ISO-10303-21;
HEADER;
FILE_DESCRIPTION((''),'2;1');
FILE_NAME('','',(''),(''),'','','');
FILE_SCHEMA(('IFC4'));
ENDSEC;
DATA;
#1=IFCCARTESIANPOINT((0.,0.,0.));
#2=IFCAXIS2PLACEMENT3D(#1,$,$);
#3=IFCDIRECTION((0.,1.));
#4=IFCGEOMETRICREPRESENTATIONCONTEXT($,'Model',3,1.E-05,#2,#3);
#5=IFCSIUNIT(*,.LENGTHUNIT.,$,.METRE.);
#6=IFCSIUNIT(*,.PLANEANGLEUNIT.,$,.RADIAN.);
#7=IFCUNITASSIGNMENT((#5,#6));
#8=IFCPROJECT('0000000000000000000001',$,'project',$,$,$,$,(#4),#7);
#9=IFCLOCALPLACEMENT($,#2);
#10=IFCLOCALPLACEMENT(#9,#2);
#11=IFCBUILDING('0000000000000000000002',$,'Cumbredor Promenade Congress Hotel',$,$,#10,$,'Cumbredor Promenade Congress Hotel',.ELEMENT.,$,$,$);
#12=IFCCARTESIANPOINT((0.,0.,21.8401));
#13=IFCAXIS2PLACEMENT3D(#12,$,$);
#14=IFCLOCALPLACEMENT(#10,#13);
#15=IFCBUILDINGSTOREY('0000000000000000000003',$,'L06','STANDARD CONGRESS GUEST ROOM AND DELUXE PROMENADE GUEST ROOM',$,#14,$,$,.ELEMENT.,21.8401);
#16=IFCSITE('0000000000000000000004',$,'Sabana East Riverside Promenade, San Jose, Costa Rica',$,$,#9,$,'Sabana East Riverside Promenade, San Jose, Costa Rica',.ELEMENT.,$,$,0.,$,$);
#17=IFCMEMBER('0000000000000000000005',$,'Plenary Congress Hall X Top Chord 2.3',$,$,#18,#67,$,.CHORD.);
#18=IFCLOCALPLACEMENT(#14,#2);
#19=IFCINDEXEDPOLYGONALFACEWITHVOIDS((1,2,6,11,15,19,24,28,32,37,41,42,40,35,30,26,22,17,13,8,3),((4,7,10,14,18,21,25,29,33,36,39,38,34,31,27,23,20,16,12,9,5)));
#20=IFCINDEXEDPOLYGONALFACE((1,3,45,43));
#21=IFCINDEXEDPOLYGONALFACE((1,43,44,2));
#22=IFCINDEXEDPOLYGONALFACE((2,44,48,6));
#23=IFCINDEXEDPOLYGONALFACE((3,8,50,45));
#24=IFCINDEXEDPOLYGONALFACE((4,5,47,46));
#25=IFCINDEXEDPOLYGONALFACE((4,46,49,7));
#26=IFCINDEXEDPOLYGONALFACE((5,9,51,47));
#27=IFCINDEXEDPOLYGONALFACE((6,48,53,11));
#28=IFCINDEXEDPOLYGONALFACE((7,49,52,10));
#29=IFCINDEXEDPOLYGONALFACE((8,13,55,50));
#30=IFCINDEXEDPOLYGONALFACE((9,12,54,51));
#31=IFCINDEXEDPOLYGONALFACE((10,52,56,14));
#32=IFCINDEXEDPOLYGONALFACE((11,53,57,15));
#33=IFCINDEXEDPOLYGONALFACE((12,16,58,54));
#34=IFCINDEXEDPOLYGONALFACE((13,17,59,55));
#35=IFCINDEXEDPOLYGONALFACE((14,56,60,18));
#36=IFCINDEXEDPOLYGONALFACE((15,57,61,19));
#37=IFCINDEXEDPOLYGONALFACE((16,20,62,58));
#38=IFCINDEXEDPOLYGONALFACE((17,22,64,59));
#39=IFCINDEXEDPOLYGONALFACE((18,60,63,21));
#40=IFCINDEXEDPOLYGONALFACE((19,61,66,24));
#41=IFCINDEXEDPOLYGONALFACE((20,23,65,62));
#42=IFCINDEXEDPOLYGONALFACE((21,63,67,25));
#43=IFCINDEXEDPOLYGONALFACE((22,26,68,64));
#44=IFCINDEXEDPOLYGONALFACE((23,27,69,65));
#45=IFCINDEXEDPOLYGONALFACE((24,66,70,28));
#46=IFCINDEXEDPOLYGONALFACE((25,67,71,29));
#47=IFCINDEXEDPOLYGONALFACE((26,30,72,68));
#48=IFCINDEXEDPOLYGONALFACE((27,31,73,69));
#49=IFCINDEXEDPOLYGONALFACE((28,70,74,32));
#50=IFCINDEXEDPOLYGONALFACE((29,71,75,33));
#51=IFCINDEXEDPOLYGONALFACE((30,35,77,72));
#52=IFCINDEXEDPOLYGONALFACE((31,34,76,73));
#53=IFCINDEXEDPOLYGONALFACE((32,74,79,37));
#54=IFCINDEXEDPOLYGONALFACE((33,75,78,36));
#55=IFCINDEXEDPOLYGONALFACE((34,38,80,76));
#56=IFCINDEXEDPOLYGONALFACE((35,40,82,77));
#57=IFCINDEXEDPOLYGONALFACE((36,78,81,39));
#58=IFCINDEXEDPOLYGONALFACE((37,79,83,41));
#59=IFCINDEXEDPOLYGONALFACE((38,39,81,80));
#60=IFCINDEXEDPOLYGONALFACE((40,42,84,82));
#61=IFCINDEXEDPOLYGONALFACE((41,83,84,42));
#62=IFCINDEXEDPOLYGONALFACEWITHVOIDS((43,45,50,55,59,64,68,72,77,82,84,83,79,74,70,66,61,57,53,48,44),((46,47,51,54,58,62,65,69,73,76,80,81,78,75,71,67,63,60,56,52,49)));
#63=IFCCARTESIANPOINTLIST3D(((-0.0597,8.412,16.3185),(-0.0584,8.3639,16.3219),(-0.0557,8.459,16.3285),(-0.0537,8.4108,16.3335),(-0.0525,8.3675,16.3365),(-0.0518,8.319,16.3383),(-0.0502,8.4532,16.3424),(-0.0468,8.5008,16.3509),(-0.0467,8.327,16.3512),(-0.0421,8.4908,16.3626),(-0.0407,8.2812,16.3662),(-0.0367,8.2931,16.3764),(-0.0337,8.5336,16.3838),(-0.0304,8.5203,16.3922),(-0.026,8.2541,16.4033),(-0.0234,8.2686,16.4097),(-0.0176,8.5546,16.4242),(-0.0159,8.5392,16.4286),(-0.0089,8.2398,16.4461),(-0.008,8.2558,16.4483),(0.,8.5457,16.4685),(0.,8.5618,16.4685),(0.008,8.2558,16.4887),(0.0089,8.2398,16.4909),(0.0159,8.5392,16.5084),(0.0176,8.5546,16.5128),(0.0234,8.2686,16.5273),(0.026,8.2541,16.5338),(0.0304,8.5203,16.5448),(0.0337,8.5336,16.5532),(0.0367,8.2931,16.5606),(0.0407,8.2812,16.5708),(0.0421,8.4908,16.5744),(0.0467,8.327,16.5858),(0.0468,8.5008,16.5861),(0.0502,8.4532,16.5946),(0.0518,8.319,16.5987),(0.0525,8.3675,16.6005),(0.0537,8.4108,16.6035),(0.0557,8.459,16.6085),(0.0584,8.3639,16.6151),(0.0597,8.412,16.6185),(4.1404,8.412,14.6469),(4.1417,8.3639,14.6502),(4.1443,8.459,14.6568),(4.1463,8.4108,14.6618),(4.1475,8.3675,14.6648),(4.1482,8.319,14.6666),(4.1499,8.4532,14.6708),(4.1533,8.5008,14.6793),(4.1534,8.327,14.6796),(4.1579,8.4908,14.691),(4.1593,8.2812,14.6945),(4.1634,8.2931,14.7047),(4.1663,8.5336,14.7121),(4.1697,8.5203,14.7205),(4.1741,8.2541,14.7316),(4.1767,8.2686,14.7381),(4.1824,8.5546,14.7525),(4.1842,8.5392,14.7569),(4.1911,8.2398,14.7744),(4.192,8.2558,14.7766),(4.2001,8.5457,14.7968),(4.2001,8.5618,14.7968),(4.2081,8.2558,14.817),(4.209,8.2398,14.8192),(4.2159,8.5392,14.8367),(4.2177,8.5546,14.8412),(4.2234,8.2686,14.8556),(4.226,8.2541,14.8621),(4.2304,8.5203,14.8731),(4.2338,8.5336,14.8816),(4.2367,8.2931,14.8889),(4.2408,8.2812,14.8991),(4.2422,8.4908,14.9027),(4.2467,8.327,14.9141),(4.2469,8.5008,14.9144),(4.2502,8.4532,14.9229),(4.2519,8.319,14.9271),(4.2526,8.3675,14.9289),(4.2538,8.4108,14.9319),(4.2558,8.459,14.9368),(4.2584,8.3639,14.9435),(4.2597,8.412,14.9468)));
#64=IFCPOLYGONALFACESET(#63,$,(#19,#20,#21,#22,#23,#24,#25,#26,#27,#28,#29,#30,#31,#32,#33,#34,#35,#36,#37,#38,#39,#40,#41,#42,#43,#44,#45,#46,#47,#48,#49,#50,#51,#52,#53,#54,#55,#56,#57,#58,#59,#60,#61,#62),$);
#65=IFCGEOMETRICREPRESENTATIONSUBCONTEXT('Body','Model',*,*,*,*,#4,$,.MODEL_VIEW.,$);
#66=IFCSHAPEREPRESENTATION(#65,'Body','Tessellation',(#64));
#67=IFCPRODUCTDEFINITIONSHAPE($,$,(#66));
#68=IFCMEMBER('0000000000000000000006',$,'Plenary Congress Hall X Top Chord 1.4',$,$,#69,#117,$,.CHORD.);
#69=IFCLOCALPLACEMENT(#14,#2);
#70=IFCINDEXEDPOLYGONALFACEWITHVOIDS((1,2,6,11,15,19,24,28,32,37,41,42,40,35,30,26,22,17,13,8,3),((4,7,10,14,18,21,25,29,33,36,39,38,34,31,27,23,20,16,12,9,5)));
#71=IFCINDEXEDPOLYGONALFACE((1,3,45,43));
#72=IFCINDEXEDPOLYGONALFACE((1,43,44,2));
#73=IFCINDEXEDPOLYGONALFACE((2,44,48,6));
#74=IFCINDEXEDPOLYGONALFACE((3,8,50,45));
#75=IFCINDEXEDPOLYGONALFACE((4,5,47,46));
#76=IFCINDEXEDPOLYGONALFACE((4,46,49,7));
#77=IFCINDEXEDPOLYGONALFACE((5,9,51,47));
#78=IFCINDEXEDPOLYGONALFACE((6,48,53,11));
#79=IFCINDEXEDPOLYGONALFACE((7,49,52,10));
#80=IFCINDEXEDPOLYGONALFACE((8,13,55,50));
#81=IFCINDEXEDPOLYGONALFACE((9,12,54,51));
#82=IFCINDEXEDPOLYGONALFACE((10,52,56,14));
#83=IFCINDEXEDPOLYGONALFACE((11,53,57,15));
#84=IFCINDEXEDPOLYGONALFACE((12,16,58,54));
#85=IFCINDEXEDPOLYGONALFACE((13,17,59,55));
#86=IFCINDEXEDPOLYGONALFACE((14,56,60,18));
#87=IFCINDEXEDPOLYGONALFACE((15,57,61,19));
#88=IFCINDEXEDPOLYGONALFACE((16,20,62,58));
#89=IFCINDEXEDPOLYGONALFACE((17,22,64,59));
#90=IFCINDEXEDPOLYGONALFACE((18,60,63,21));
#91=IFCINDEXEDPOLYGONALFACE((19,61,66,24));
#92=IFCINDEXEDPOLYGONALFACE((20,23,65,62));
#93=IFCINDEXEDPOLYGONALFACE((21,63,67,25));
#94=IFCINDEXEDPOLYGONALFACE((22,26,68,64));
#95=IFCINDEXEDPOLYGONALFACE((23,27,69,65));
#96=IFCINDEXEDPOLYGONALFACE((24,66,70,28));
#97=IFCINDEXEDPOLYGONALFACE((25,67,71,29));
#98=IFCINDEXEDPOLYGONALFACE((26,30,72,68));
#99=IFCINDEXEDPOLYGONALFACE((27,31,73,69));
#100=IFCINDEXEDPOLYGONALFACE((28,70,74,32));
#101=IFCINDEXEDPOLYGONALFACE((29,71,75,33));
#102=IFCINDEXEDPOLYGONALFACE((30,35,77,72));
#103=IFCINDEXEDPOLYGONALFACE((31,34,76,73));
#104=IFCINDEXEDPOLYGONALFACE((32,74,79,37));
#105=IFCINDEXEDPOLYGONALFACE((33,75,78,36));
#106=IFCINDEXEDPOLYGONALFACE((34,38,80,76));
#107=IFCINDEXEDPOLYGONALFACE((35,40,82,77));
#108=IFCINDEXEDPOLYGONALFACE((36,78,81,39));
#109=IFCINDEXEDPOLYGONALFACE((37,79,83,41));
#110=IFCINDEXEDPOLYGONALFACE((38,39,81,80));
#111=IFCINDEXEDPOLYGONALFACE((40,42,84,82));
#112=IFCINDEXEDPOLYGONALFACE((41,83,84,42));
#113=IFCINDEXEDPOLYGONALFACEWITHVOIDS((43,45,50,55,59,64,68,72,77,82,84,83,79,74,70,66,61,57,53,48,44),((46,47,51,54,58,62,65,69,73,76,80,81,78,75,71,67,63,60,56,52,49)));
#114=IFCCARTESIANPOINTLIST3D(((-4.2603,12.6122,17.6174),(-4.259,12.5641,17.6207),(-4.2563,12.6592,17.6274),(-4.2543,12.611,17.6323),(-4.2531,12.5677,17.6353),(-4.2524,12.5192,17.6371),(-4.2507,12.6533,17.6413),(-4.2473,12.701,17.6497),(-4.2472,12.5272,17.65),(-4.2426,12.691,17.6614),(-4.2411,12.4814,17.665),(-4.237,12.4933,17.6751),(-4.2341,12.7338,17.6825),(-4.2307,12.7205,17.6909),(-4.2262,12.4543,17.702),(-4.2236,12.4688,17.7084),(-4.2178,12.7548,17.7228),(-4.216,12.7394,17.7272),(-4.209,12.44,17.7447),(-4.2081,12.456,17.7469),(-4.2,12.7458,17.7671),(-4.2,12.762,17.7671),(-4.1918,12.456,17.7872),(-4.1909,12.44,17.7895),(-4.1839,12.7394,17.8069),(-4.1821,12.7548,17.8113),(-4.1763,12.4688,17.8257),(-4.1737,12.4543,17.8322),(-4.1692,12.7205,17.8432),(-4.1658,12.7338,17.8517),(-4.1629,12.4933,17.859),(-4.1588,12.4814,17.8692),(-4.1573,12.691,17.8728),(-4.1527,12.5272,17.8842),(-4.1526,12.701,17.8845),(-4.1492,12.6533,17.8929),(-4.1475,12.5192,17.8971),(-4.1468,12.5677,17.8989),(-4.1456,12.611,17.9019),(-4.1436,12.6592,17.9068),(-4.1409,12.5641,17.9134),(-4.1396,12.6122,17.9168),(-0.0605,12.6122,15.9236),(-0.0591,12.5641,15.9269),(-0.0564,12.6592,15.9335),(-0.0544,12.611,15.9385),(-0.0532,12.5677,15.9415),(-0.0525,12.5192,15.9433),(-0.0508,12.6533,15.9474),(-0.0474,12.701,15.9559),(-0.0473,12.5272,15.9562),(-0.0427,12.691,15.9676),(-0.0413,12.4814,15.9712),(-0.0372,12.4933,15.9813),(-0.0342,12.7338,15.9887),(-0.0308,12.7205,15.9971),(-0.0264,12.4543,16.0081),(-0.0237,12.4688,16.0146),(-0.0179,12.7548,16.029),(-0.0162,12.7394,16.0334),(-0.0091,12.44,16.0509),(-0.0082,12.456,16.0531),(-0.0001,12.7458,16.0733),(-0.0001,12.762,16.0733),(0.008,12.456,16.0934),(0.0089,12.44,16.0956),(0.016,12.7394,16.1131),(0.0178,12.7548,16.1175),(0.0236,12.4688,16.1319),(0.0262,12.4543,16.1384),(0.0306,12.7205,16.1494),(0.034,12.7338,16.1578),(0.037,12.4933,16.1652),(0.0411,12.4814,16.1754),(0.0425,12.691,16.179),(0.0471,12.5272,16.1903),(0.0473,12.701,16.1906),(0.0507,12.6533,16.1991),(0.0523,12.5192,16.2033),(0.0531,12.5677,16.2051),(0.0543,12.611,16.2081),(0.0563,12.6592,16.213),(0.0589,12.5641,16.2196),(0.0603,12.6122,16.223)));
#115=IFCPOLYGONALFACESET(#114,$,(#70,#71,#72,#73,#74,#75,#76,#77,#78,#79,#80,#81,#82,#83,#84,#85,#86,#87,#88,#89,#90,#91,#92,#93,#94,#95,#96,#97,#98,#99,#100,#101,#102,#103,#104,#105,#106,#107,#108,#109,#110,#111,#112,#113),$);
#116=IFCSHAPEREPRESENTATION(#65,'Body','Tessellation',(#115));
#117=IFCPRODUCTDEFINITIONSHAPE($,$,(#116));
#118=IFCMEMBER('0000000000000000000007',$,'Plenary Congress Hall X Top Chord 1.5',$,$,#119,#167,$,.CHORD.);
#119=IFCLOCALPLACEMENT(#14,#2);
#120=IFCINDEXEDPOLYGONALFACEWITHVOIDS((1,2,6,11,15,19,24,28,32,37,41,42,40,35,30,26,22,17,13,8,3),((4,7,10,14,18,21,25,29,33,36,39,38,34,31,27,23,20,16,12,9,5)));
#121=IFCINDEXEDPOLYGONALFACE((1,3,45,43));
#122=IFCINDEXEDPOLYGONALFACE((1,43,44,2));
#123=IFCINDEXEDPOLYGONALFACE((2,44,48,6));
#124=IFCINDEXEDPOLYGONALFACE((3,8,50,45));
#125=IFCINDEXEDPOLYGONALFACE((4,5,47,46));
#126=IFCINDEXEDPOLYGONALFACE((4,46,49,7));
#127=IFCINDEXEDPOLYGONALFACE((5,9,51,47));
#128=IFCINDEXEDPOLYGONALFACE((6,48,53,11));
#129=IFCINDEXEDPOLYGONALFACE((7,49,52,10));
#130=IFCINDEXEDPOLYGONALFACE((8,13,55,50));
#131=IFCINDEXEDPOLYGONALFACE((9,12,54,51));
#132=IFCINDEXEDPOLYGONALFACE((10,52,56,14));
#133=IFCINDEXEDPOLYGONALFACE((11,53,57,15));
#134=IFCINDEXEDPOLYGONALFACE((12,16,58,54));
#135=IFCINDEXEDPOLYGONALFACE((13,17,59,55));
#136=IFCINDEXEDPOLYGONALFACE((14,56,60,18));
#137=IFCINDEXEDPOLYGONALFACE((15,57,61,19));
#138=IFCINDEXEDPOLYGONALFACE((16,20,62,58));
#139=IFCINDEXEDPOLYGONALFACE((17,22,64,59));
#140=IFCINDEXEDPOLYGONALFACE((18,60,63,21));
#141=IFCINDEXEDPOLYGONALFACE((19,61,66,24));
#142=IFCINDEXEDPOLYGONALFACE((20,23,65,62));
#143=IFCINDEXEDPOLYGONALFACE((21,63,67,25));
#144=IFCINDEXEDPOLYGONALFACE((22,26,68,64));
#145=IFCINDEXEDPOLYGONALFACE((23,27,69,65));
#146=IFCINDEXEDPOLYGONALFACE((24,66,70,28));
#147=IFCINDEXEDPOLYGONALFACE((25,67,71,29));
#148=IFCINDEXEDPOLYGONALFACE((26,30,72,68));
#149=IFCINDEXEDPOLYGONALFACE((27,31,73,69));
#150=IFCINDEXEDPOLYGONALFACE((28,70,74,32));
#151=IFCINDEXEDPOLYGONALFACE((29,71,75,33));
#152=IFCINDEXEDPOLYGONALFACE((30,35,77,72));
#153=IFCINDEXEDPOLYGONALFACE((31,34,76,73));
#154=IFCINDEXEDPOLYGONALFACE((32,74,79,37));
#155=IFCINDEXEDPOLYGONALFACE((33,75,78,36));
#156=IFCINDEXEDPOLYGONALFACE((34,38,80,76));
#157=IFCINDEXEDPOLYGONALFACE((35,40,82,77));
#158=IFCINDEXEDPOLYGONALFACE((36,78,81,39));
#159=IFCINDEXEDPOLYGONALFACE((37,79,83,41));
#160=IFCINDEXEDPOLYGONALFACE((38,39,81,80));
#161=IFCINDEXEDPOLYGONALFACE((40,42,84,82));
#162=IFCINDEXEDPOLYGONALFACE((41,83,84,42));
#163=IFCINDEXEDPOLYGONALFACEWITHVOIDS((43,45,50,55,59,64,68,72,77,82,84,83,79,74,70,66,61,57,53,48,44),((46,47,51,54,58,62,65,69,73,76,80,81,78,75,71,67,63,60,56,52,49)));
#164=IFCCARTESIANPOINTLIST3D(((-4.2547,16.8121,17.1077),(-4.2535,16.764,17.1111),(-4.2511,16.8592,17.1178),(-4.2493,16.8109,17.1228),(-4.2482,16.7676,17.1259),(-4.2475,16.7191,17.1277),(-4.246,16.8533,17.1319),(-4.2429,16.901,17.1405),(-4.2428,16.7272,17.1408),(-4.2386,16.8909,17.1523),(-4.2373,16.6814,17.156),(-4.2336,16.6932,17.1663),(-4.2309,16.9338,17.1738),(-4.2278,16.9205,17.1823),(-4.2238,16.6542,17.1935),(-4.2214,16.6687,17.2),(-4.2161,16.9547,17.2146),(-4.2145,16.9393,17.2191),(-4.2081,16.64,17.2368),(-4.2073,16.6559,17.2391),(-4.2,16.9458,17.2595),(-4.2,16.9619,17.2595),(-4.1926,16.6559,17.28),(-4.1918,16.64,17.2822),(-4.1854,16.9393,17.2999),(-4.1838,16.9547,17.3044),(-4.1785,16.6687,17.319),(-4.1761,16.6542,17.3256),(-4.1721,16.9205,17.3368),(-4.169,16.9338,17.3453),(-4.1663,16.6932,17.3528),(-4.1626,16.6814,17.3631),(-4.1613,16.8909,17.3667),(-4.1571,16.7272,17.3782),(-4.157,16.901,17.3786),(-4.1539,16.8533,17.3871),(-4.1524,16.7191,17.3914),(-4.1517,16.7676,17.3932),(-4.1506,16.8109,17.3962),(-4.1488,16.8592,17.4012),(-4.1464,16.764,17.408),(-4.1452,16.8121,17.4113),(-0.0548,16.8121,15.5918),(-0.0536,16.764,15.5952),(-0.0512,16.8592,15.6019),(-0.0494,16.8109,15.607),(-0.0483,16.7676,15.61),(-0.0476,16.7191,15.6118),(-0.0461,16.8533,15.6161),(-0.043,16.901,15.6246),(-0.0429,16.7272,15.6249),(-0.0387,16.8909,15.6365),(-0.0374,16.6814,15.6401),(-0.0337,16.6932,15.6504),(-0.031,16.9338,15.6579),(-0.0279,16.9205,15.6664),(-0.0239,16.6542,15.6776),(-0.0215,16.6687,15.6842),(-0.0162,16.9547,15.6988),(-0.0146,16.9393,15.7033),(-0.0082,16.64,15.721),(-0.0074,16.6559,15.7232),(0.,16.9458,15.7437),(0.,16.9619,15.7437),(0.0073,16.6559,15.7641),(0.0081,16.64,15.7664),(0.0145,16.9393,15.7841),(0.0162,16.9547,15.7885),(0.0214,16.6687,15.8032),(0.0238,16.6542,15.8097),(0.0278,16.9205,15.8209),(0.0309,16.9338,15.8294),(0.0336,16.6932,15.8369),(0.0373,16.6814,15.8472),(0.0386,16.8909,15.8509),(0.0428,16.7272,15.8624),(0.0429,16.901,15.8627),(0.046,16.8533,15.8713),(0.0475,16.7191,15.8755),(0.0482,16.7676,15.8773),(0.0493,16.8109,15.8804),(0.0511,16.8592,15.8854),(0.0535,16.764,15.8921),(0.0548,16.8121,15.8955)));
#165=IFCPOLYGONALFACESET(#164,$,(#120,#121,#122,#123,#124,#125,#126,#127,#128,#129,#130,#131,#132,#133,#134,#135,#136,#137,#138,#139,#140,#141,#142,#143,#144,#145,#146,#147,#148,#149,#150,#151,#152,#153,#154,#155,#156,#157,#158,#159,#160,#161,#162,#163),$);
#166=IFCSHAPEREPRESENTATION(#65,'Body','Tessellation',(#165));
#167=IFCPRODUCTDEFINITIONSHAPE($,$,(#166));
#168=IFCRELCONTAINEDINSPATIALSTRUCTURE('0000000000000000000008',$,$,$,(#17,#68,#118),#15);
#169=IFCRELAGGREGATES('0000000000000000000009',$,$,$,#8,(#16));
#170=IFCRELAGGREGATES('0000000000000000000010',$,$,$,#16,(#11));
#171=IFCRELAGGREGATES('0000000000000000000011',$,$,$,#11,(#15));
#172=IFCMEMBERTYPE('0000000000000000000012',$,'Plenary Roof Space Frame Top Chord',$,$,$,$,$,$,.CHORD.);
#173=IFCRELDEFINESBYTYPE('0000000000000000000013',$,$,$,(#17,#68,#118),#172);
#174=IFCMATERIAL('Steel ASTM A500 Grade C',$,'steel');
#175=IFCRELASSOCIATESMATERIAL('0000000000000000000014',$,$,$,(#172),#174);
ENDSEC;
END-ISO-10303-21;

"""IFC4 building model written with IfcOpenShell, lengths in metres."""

from ifc_helpers import new_model, si_unit, direction, frame, origin, origin_2d, place, context, subcontext, project, spatial, hollow_circle, extrude, material, material_profile, profile_set, type_object, element, save


model = new_model("IFC4")

# Units and contexts
model_context = context("Model", 3, precision=1e-05, world=origin(), true_north=direction((0.0, 1.0)))
body_context = subcontext(model_context, "Body", "Model", "MODEL_VIEW")
ifc_project = project(units=[si_unit("LENGTHUNIT", "METRE"), si_unit("PLANEANGLEUNIT", "RADIAN")], contexts=[model_context])

# Site, building, storey
site_placement = place(None, origin())
site = spatial("IfcSite", under=ifc_project, at=site_placement, Name="Sabana East Riverside Promenade, San Jose, Costa Rica", LongName="Sabana East Riverside Promenade, San Jose, Costa Rica", CompositionType="ELEMENT", RefElevation=0.0)
building_placement = place(site_placement, origin())
building = spatial("IfcBuilding", under=site, at=building_placement, Name="Cumbredor Promenade Congress Hotel", LongName="Cumbredor Promenade Congress Hotel", CompositionType="ELEMENT")
storey_placement = place(building_placement, frame((0.0, 0.0, 21.8401)))
storey = spatial("IfcBuildingStorey", under=building, at=storey_placement, Name="L06", Description="STANDARD CONGRESS GUEST ROOM AND DELUXE PROMENADE GUEST ROOM", CompositionType="ELEMENT", Elevation=21.8401)

# Members
ifc_material_1 = material(Name="Steel ASTM A500 Grade C", Category="steel")
ifc_material_profile_1 = material_profile(ifc_material_1, hollow_circle(Radius=0.1619, WallThickness=0.0161, at=origin_2d()), Name="CHS 323.9x16")
ifc_profile_set_1 = profile_set([ifc_material_profile_1], Name="Steel ASTM A500 Grade C")
member_type_1 = type_object("IfcMemberType", Name="Plenary Roof Space Frame Top Chord", PredefinedType="CHORD", material=ifc_profile_set_1)
member_1_placement = place(storey_placement, frame((0.0, 8.3999, 16.4685), z_axis=(0.929112, 0.0, -0.369798), x_axis=(0.0, 1.0, 0.0)))
element("IfcMember", 1, at=member_1_placement, inside=storey, type_object=member_type_1, Name="Plenary Congress Hall X Top Chord 2.3", PredefinedType="CHORD", context=body_context, shape_type="SweptSolid", body=[
    extrude(hollow_circle(Radius=0.1619, WallThickness=0.0161, at=origin_2d()), origin(), (0.0, 0.0, 1.0), 4.5205),
])
member_2_placement = place(storey_placement, frame((-4.2, 12.6001, 17.7671), z_axis=(0.927417, 0.0, -0.374029), x_axis=(0.0, 1.0, 0.0)))
element("IfcMember", 2, at=member_2_placement, inside=storey, type_object=member_type_1, Name="Plenary Congress Hall X Top Chord 1.4", PredefinedType="CHORD", context=body_context, shape_type="SweptSolid", body=[
    extrude(hollow_circle(Radius=0.1619, WallThickness=0.0161, at=origin_2d()), origin(), (0.0, 0.0, 1.0), 4.5286),
])
member_3_placement = place(storey_placement, frame((-4.2, 16.8, 17.2595), z_axis=(0.94061, 0.0, -0.33949), x_axis=(0.0, 1.0, 0.0)))
element("IfcMember", 3, at=member_3_placement, inside=storey, type_object=member_type_1, Name="Plenary Congress Hall X Top Chord 1.5", PredefinedType="CHORD", context=body_context, shape_type="SweptSolid", body=[
    extrude(hollow_circle(Radius=0.1619, WallThickness=0.0161, at=origin_2d()), origin(), (0.0, 0.0, 1.0), 4.4651),
])

save(model, "model.ifc")
